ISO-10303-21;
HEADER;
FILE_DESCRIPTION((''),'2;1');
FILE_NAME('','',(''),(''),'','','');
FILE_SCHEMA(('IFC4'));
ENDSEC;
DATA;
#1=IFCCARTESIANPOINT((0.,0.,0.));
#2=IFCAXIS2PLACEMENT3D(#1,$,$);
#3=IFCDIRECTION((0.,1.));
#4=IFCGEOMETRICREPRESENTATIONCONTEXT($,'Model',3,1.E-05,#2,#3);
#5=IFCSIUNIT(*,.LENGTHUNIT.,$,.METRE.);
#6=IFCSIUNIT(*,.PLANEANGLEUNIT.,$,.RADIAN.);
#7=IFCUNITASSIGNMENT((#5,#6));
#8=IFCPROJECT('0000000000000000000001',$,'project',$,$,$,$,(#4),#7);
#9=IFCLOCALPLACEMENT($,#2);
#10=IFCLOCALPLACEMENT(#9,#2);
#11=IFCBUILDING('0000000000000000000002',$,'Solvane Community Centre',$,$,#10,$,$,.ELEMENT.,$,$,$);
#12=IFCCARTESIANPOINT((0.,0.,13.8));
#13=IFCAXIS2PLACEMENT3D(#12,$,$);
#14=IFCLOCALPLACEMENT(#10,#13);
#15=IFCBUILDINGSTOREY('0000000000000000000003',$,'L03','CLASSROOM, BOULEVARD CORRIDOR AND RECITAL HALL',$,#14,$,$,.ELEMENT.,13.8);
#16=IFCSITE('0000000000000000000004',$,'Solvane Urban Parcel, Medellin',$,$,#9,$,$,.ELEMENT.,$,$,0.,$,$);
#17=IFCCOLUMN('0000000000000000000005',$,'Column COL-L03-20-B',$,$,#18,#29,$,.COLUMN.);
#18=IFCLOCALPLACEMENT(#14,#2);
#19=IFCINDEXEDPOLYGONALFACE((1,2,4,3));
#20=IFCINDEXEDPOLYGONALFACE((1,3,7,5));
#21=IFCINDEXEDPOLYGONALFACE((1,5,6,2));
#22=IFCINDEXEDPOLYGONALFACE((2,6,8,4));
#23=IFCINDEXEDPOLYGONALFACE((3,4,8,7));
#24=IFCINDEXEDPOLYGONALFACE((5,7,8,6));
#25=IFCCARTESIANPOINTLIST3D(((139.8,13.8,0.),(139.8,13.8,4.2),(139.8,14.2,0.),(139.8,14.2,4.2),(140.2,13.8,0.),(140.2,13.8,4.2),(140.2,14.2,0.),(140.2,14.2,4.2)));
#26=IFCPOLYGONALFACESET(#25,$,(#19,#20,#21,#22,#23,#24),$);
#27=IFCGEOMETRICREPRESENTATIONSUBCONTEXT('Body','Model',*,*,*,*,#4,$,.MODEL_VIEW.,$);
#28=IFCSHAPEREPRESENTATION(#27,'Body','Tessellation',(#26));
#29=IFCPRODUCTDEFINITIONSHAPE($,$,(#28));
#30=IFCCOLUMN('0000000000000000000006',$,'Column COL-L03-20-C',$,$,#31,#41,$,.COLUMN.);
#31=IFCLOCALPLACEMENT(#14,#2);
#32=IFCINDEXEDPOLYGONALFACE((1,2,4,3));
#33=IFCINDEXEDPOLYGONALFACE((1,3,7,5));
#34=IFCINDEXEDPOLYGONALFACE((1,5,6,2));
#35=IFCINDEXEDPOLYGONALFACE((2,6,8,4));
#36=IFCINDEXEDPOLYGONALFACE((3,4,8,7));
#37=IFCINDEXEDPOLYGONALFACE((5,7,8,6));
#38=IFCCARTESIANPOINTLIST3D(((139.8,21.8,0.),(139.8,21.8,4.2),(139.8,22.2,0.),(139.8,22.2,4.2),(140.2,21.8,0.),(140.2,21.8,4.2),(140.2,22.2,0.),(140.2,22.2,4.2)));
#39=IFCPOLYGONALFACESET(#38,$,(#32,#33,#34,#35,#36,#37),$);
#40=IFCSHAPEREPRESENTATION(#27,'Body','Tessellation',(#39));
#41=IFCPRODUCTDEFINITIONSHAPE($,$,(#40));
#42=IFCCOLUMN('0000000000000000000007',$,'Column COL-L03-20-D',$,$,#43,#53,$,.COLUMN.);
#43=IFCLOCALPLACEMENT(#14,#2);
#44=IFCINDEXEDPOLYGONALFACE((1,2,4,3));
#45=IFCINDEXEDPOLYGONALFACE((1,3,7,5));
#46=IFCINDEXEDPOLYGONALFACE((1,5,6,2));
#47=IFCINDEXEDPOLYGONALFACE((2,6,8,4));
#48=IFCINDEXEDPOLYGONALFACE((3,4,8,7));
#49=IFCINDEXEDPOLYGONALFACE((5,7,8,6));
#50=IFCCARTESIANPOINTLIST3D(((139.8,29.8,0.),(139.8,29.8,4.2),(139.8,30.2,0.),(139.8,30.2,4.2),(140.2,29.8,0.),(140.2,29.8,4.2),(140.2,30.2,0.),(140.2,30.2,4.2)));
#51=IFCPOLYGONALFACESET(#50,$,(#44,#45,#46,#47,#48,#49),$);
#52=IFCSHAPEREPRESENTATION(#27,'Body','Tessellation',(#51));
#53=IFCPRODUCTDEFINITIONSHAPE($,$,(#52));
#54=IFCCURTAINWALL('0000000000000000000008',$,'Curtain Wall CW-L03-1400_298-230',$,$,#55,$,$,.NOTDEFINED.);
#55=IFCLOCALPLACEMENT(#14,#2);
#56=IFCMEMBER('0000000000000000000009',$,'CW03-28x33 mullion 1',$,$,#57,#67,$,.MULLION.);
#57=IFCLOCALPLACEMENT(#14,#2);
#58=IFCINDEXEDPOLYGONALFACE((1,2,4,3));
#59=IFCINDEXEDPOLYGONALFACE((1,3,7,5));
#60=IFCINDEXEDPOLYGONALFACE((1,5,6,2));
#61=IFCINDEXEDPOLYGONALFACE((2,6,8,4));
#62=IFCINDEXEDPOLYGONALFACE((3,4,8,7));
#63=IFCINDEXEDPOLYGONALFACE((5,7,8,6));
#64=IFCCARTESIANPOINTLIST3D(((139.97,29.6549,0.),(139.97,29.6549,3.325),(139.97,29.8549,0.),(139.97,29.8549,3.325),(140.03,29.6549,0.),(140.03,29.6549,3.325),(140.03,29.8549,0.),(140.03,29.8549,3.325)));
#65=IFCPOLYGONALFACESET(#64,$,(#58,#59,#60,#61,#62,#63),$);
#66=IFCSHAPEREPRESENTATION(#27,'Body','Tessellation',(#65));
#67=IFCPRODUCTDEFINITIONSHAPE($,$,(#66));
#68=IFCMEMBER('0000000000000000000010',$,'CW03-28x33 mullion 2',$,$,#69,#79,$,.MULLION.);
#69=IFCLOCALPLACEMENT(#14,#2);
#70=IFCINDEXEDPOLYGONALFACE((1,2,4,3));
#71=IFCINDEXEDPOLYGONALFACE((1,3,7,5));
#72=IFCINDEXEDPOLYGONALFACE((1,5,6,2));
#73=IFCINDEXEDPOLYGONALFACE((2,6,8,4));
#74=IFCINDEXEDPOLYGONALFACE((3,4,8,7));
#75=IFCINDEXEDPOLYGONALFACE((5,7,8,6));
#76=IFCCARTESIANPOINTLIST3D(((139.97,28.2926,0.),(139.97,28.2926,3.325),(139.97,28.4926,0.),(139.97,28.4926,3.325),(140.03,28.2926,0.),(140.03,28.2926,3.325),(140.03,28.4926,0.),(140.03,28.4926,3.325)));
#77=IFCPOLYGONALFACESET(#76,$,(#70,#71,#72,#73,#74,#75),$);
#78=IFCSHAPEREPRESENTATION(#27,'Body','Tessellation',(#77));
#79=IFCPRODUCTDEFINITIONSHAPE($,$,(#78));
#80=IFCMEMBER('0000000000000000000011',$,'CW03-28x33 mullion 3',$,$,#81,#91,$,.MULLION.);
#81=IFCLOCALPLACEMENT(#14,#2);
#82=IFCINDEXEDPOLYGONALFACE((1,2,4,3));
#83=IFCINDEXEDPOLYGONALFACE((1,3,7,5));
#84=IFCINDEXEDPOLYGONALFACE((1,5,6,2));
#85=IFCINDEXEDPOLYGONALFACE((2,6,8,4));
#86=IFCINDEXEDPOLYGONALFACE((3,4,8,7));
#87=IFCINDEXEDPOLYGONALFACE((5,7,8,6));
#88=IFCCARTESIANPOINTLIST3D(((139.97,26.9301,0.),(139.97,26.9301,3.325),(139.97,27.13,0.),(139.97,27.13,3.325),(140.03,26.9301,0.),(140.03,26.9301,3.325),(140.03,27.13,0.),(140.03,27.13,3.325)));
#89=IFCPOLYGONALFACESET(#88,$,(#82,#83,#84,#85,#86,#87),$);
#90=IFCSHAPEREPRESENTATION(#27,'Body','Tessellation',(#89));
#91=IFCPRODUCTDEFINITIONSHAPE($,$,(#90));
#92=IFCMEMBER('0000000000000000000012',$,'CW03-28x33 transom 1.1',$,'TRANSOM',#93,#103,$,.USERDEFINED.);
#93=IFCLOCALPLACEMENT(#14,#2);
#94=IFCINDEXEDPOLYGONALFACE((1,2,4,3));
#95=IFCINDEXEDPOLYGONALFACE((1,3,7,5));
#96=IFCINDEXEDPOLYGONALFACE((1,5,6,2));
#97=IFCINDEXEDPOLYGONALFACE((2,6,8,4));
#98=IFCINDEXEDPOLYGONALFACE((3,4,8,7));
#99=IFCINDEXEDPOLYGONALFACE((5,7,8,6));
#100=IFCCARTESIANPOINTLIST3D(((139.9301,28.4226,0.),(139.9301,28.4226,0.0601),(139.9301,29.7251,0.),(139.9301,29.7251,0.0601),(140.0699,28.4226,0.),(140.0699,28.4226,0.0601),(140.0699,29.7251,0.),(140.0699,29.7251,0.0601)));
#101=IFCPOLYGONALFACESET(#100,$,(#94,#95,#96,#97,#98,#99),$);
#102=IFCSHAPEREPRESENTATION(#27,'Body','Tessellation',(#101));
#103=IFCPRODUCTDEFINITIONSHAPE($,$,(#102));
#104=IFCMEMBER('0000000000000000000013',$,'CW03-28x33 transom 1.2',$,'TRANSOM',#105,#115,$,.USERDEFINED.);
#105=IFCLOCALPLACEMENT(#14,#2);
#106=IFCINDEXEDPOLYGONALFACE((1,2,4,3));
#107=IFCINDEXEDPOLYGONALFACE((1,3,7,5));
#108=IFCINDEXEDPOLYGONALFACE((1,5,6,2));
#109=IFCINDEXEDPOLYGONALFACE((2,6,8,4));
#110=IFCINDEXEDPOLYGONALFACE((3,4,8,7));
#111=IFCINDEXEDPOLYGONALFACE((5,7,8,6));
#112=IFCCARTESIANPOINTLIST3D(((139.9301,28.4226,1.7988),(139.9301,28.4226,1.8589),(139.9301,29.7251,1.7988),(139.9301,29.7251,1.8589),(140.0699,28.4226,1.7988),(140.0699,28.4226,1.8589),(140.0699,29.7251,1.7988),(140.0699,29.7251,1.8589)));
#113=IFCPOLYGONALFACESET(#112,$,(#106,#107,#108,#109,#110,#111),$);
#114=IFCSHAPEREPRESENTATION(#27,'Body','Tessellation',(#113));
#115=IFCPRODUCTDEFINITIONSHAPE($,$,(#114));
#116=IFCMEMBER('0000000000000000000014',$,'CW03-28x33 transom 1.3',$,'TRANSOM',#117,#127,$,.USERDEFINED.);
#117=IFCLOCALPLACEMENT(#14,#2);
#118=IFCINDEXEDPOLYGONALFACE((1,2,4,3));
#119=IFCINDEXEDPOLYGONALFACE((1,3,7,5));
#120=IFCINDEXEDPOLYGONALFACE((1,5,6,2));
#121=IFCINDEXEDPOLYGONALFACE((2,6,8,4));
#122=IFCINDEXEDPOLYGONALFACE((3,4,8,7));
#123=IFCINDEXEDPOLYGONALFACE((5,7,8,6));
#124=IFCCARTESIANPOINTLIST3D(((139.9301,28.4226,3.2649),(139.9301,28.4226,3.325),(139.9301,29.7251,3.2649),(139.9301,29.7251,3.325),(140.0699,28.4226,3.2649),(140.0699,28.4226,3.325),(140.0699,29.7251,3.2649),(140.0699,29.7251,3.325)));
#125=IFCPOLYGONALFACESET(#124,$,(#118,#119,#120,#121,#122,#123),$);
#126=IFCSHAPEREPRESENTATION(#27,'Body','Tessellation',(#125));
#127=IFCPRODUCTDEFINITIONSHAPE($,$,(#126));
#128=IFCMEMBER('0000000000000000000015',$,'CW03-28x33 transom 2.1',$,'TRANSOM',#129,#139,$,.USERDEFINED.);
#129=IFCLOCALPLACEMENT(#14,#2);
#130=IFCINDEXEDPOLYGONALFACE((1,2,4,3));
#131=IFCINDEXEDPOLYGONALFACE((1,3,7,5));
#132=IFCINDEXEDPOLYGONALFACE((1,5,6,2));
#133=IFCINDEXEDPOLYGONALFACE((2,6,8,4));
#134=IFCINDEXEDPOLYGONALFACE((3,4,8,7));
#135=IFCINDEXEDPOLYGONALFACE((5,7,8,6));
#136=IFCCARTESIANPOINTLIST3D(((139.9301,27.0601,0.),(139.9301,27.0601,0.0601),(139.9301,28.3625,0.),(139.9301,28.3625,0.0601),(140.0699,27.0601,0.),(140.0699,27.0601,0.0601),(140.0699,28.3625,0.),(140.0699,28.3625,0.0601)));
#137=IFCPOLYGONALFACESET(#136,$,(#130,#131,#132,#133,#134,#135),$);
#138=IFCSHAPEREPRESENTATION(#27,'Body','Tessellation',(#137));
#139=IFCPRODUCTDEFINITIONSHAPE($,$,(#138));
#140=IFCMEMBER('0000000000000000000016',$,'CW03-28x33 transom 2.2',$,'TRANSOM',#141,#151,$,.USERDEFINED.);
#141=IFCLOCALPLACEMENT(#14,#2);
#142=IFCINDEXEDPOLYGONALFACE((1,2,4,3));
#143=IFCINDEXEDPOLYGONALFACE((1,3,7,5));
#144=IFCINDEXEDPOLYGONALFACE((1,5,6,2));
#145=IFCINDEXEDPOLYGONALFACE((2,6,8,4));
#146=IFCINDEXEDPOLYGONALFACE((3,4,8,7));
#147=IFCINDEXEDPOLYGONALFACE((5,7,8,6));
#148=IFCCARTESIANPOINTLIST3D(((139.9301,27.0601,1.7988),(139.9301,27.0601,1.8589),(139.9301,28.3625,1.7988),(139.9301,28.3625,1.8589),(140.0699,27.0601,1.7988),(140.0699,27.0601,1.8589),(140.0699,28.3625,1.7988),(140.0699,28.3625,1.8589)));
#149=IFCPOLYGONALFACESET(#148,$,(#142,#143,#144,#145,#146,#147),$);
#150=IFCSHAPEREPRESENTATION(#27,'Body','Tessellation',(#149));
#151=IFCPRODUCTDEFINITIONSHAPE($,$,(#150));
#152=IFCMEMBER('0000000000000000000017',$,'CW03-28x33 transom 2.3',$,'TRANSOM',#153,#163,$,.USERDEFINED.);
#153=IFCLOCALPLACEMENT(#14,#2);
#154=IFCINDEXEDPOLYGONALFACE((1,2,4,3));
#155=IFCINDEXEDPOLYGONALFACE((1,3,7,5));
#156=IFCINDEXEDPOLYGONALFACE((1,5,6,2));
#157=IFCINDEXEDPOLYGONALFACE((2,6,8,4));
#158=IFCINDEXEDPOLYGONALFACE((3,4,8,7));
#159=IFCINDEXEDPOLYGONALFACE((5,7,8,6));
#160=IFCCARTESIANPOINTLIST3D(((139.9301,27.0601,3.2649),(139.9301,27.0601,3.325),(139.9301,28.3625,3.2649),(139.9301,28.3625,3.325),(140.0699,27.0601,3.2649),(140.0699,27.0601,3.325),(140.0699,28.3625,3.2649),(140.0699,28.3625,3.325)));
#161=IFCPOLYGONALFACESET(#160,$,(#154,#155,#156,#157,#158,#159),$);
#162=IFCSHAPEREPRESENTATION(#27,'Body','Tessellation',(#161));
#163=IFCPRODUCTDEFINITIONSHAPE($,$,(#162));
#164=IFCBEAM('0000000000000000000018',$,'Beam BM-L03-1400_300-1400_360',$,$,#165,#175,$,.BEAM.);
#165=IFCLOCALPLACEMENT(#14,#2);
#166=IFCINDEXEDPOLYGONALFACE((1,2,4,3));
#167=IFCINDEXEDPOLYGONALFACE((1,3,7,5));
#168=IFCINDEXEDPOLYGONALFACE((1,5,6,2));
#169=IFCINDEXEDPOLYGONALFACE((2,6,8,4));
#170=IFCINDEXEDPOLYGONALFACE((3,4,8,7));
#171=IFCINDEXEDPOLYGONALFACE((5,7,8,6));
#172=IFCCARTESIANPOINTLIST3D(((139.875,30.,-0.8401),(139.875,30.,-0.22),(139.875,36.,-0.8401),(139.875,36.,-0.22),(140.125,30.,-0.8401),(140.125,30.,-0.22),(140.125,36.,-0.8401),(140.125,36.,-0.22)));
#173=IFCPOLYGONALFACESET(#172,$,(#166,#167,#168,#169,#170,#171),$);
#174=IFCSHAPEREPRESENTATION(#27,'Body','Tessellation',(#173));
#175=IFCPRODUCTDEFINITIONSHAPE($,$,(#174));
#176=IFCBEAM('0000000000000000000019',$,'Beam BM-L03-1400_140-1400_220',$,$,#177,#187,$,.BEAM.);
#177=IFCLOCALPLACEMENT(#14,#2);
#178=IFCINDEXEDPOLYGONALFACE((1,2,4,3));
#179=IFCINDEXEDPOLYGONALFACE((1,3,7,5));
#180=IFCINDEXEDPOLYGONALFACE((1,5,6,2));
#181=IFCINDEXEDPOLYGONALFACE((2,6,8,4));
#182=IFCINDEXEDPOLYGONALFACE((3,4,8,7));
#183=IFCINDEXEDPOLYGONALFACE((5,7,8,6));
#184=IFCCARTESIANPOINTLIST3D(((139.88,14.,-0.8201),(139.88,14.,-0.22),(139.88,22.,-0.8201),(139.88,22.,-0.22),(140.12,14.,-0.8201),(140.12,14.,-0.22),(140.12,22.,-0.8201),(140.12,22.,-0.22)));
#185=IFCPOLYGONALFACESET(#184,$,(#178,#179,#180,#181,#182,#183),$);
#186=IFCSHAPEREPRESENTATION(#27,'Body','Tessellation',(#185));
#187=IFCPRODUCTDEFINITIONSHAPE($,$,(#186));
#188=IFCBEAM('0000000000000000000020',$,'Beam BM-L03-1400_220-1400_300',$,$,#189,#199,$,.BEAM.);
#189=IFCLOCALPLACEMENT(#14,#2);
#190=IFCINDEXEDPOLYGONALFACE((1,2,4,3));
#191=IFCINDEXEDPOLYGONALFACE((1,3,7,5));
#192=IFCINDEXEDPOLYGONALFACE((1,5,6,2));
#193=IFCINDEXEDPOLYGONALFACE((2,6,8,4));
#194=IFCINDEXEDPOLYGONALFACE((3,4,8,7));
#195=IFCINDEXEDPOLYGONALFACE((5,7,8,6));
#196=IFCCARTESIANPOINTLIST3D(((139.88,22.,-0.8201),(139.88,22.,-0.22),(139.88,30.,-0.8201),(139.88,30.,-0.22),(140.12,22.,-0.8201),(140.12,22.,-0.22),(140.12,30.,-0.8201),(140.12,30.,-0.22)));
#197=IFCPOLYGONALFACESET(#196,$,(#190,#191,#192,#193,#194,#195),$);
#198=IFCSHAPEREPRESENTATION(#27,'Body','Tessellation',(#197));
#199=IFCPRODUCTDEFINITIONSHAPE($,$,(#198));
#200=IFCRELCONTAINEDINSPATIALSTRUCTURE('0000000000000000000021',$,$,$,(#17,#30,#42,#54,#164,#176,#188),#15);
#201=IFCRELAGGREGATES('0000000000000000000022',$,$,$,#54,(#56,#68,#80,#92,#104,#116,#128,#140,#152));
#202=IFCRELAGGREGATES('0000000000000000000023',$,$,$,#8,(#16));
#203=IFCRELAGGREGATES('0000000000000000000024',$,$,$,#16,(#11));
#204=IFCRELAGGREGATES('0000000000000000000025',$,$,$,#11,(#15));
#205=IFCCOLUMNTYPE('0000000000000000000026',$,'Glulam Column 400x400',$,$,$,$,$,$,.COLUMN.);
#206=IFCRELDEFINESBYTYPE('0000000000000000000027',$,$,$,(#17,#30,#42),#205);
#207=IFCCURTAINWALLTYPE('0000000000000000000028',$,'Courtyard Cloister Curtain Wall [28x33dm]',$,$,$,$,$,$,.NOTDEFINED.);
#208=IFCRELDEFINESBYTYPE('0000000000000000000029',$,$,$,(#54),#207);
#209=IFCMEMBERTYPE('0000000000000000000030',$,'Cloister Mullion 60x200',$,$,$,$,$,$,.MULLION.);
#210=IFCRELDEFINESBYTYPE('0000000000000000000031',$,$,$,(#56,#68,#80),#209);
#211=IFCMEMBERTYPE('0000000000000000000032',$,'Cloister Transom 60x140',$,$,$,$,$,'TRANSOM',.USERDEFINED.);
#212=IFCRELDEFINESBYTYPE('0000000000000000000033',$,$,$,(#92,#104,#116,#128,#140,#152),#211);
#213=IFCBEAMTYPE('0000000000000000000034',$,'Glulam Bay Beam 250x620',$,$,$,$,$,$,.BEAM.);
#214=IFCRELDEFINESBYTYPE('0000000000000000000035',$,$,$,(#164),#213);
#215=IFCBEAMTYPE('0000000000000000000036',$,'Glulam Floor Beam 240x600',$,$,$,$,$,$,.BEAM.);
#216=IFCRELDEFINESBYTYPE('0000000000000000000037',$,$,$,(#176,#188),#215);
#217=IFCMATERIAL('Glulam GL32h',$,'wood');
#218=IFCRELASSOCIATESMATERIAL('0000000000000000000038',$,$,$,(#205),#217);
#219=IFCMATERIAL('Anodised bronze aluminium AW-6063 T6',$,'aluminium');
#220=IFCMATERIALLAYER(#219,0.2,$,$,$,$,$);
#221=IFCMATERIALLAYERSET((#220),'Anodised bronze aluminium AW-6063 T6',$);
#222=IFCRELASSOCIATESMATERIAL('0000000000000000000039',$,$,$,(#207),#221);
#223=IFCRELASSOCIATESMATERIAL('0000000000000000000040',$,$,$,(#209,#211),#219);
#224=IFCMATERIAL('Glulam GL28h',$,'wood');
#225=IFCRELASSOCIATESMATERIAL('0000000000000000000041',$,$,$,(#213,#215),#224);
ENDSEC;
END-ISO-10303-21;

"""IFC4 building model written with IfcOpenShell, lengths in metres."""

from ifc_helpers import new_model, si_unit, direction, frame, origin, origin_2d, place, context, subcontext, project, spatial, rectangle, extrude, material, layer, layer_set, material_profile, profile_set, type_object, element, aggregate, save


model = new_model("IFC4")

# Units and contexts
model_context = context("Model", 3, precision=1e-05, world=origin(), true_north=direction((0.0, 1.0)))
body_context = subcontext(model_context, "Body", "Model", "MODEL_VIEW")
ifc_project = project(units=[si_unit("LENGTHUNIT", "METRE"), si_unit("PLANEANGLEUNIT", "RADIAN")], contexts=[model_context])

# Site, building, storey
site_placement = place(None, origin())
site = spatial("IfcSite", under=ifc_project, at=site_placement, Name="Solvane Urban Parcel, Medellin", CompositionType="ELEMENT", RefElevation=0.0)
building_placement = place(site_placement, origin())
building = spatial("IfcBuilding", under=site, at=building_placement, Name="Solvane Community Centre", CompositionType="ELEMENT")
storey_placement = place(building_placement, frame((0.0, 0.0, 13.8)))
storey = spatial("IfcBuildingStorey", under=building, at=storey_placement, Name="L03", Description="CLASSROOM, BOULEVARD CORRIDOR AND RECITAL HALL", CompositionType="ELEMENT", Elevation=13.8)

# Columns
ifc_material_1 = material(Name="Glulam GL32h", Category="wood")
ifc_material_profile_1 = material_profile(ifc_material_1, rectangle(XDim=0.3999, YDim=0.3999, at=origin_2d()), Name="GL32h 400x400")
ifc_profile_set_1 = profile_set([ifc_material_profile_1], Name="Glulam GL32h")
column_type = type_object("IfcColumnType", Name="Glulam Column 400x400", PredefinedType="COLUMN", material=ifc_profile_set_1)
for number, where, z_axis, x_axis, name in (
    (1, (140.0, 14.0, 0.0), (0.0, 0.0, 1.0), (1.0, 0.0, 0.0), "Column COL-L03-20-B"),
    (2, (140.0, 22.0, 0.0), (0.0, 0.0, 1.0), (1.0, 0.0, 0.0), "Column COL-L03-20-C"),
    (3, (140.0, 30.0, 0.0), (0.0, 0.0, 1.0), (1.0, 0.0, 0.0), "Column COL-L03-20-D"),
):
    element("IfcColumn", number, at=place(storey_placement, frame(where, z_axis=z_axis, x_axis=x_axis)), inside=storey, type_object=column_type, Name=name, PredefinedType="COLUMN", context=body_context, shape_type="SweptSolid", body=[
        extrude(rectangle(XDim=0.3999, YDim=0.3999, at=origin_2d()), origin(), (0.0, 0.0, 1.0), 4.2),
    ])

# Curtain wall, members
ifc_material_2 = material(Name="Anodised bronze aluminium AW-6063 T6", Category="aluminium")
ifc_layer_1 = layer(ifc_material_2, 0.2)
ifc_layer_set_1 = layer_set([ifc_layer_1], Name="Anodised bronze aluminium AW-6063 T6")
curtain_wall_type = type_object("IfcCurtainWallType", Name="Courtyard Cloister Curtain Wall [28x33dm]", PredefinedType="NOTDEFINED", material=ifc_layer_set_1)
curtain_wall_placement = place(storey_placement, origin())
curtain_wall = element("IfcCurtainWall", 4, at=curtain_wall_placement, inside=storey, type_object=curtain_wall_type, Name="Curtain Wall CW-L03-1400_298-230", PredefinedType="NOTDEFINED")
ifc_material_profile_2 = material_profile(ifc_material_2, rectangle(XDim=0.0601, YDim=0.2, at=origin_2d()), Name="CW-M 60x200")
ifc_profile_set_2 = profile_set([ifc_material_profile_2], Name="Anodised bronze aluminium AW-6063 T6")
member_type_1 = type_object("IfcMemberType", Name="Cloister Mullion 60x200", PredefinedType="MULLION", material=ifc_profile_set_2)
member_1_placement = place(storey_placement, frame((140.0, 29.7549, 0.0), z_axis=(0.0, 0.0, 1.0), x_axis=(1.0, 0.0, 0.0)))
member_1 = element("IfcMember", 5, at=member_1_placement, type_object=member_type_1, Name="CW03-28x33 mullion 1", PredefinedType="MULLION", context=body_context, shape_type="SweptSolid", body=[
    extrude(rectangle(XDim=0.0601, YDim=0.2, at=origin_2d()), origin(), (0.0, 0.0, 1.0), 3.325),
])
member_2_placement = place(storey_placement, frame((140.0, 28.3926, 0.0), z_axis=(0.0, 0.0, 1.0), x_axis=(1.0, 0.0, 0.0)))
member_2 = element("IfcMember", 6, at=member_2_placement, type_object=member_type_1, Name="CW03-28x33 mullion 2", PredefinedType="MULLION", context=body_context, shape_type="SweptSolid", body=[
    extrude(rectangle(XDim=0.0601, YDim=0.2, at=origin_2d()), origin(), (0.0, 0.0, 1.0), 3.325),
])
member_3_placement = place(storey_placement, frame((140.0, 27.03, 0.0), z_axis=(0.0, 0.0, 1.0), x_axis=(1.0, 0.0, 0.0)))
member_3 = element("IfcMember", 7, at=member_3_placement, type_object=member_type_1, Name="CW03-28x33 mullion 3", PredefinedType="MULLION", context=body_context, shape_type="SweptSolid", body=[
    extrude(rectangle(XDim=0.0601, YDim=0.2, at=origin_2d()), origin(), (0.0, 0.0, 1.0), 3.325),
])
ifc_material_profile_3 = material_profile(ifc_material_2, rectangle(XDim=0.1399, YDim=0.0601, at=origin_2d()), Name="CW-T 60x140")
ifc_profile_set_3 = profile_set([ifc_material_profile_3], Name="Anodised bronze aluminium AW-6063 T6")
member_type_2 = type_object("IfcMemberType", Name="Cloister Transom 60x140", ElementType="TRANSOM", PredefinedType="USERDEFINED", material=ifc_profile_set_3)
member_4_placement = place(storey_placement, frame((140.0, 29.7251, 0.03), z_axis=(0.0, -1.0, 0.0), x_axis=(1.0, 0.0, 0.0)))
member_4 = element("IfcMember", 8, at=member_4_placement, type_object=member_type_2, Name="CW03-28x33 transom 1.1", ObjectType="TRANSOM", PredefinedType="USERDEFINED", context=body_context, shape_type="SweptSolid", body=[
    extrude(rectangle(XDim=0.1399, YDim=0.0601, at=origin_2d()), origin(), (0.0, 0.0, 1.0), 1.3025),
])
member_5_placement = place(storey_placement, frame((140.0, 29.7251, 1.8289), z_axis=(0.0, -1.0, 0.0), x_axis=(1.0, 0.0, 0.0)))
member_5 = element("IfcMember", 9, at=member_5_placement, type_object=member_type_2, Name="CW03-28x33 transom 1.2", ObjectType="TRANSOM", PredefinedType="USERDEFINED", context=body_context, shape_type="SweptSolid", body=[
    extrude(rectangle(XDim=0.1399, YDim=0.0601, at=origin_2d()), origin(), (0.0, 0.0, 1.0), 1.3025),
])
member_6_placement = place(storey_placement, frame((140.0, 29.7251, 3.2949), z_axis=(0.0, -1.0, 0.0), x_axis=(1.0, 0.0, 0.0)))
member_6 = element("IfcMember", 10, at=member_6_placement, type_object=member_type_2, Name="CW03-28x33 transom 1.3", ObjectType="TRANSOM", PredefinedType="USERDEFINED", context=body_context, shape_type="SweptSolid", body=[
    extrude(rectangle(XDim=0.1399, YDim=0.0601, at=origin_2d()), origin(), (0.0, 0.0, 1.0), 1.3025),
])
member_7_placement = place(storey_placement, frame((140.0, 28.3625, 0.03), z_axis=(0.0, -1.0, 0.0), x_axis=(1.0, 0.0, 0.0)))
member_7 = element("IfcMember", 11, at=member_7_placement, type_object=member_type_2, Name="CW03-28x33 transom 2.1", ObjectType="TRANSOM", PredefinedType="USERDEFINED", context=body_context, shape_type="SweptSolid", body=[
    extrude(rectangle(XDim=0.1399, YDim=0.0601, at=origin_2d()), origin(), (0.0, 0.0, 1.0), 1.3025),
])
member_8_placement = place(storey_placement, frame((140.0, 28.3625, 1.8289), z_axis=(0.0, -1.0, 0.0), x_axis=(1.0, 0.0, 0.0)))
member_8 = element("IfcMember", 12, at=member_8_placement, type_object=member_type_2, Name="CW03-28x33 transom 2.2", ObjectType="TRANSOM", PredefinedType="USERDEFINED", context=body_context, shape_type="SweptSolid", body=[
    extrude(rectangle(XDim=0.1399, YDim=0.0601, at=origin_2d()), origin(), (0.0, 0.0, 1.0), 1.3025),
])
member_9_placement = place(storey_placement, frame((140.0, 28.3625, 3.2949), z_axis=(0.0, -1.0, 0.0), x_axis=(1.0, 0.0, 0.0)))
member_9 = element("IfcMember", 13, at=member_9_placement, type_object=member_type_2, Name="CW03-28x33 transom 2.3", ObjectType="TRANSOM", PredefinedType="USERDEFINED", context=body_context, shape_type="SweptSolid", body=[
    extrude(rectangle(XDim=0.1399, YDim=0.0601, at=origin_2d()), origin(), (0.0, 0.0, 1.0), 1.3025),
])

# Beams
ifc_material_3 = material(Name="Glulam GL28h", Category="wood")
ifc_material_profile_4 = material_profile(ifc_material_3, rectangle(XDim=0.25, YDim=0.6201, at=origin_2d()), Name="GL28h 250x620")
ifc_profile_set_4 = profile_set([ifc_material_profile_4], Name="Glulam GL28h")
beam_type_1 = type_object("IfcBeamType", Name="Glulam Bay Beam 250x620", PredefinedType="BEAM", material=ifc_profile_set_4)
beam_1_placement = place(storey_placement, frame((140.0, 30.0, -0.53), z_axis=(0.0, 1.0, 0.0), x_axis=(-1.0, 0.0, 0.0)))
element("IfcBeam", 14, at=beam_1_placement, inside=storey, type_object=beam_type_1, Name="Beam BM-L03-1400_300-1400_360", PredefinedType="BEAM", context=body_context, shape_type="SweptSolid", body=[
    extrude(rectangle(XDim=0.25, YDim=0.6201, at=origin_2d()), origin(), (0.0, 0.0, 1.0), 6.0),
])
ifc_material_profile_5 = material_profile(ifc_material_3, rectangle(XDim=0.24, YDim=0.6001, at=origin_2d()), Name="GL28h 240x600")
ifc_profile_set_5 = profile_set([ifc_material_profile_5], Name="Glulam GL28h")
beam_type_2 = type_object("IfcBeamType", Name="Glulam Floor Beam 240x600", PredefinedType="BEAM", material=ifc_profile_set_5)
for number, where, z_axis, x_axis, name in (
    (15, (140.0, 14.0, -0.52), (0.0, 1.0, 0.0), (-1.0, 0.0, 0.0), "Beam BM-L03-1400_140-1400_220"),
    (16, (140.0, 22.0, -0.52), (0.0, 1.0, 0.0), (-1.0, 0.0, 0.0), "Beam BM-L03-1400_220-1400_300"),
):
    element("IfcBeam", number, at=place(storey_placement, frame(where, z_axis=z_axis, x_axis=x_axis)), inside=storey, type_object=beam_type_2, Name=name, PredefinedType="BEAM", context=body_context, shape_type="SweptSolid", body=[
        extrude(rectangle(XDim=0.24, YDim=0.6001, at=origin_2d()), origin(), (0.0, 0.0, 1.0), 8.0),
    ])

aggregate(curtain_wall, [member_1, member_2, member_3, member_4, member_5, member_6, member_7, member_8, member_9])

save(model, "model.ifc")
